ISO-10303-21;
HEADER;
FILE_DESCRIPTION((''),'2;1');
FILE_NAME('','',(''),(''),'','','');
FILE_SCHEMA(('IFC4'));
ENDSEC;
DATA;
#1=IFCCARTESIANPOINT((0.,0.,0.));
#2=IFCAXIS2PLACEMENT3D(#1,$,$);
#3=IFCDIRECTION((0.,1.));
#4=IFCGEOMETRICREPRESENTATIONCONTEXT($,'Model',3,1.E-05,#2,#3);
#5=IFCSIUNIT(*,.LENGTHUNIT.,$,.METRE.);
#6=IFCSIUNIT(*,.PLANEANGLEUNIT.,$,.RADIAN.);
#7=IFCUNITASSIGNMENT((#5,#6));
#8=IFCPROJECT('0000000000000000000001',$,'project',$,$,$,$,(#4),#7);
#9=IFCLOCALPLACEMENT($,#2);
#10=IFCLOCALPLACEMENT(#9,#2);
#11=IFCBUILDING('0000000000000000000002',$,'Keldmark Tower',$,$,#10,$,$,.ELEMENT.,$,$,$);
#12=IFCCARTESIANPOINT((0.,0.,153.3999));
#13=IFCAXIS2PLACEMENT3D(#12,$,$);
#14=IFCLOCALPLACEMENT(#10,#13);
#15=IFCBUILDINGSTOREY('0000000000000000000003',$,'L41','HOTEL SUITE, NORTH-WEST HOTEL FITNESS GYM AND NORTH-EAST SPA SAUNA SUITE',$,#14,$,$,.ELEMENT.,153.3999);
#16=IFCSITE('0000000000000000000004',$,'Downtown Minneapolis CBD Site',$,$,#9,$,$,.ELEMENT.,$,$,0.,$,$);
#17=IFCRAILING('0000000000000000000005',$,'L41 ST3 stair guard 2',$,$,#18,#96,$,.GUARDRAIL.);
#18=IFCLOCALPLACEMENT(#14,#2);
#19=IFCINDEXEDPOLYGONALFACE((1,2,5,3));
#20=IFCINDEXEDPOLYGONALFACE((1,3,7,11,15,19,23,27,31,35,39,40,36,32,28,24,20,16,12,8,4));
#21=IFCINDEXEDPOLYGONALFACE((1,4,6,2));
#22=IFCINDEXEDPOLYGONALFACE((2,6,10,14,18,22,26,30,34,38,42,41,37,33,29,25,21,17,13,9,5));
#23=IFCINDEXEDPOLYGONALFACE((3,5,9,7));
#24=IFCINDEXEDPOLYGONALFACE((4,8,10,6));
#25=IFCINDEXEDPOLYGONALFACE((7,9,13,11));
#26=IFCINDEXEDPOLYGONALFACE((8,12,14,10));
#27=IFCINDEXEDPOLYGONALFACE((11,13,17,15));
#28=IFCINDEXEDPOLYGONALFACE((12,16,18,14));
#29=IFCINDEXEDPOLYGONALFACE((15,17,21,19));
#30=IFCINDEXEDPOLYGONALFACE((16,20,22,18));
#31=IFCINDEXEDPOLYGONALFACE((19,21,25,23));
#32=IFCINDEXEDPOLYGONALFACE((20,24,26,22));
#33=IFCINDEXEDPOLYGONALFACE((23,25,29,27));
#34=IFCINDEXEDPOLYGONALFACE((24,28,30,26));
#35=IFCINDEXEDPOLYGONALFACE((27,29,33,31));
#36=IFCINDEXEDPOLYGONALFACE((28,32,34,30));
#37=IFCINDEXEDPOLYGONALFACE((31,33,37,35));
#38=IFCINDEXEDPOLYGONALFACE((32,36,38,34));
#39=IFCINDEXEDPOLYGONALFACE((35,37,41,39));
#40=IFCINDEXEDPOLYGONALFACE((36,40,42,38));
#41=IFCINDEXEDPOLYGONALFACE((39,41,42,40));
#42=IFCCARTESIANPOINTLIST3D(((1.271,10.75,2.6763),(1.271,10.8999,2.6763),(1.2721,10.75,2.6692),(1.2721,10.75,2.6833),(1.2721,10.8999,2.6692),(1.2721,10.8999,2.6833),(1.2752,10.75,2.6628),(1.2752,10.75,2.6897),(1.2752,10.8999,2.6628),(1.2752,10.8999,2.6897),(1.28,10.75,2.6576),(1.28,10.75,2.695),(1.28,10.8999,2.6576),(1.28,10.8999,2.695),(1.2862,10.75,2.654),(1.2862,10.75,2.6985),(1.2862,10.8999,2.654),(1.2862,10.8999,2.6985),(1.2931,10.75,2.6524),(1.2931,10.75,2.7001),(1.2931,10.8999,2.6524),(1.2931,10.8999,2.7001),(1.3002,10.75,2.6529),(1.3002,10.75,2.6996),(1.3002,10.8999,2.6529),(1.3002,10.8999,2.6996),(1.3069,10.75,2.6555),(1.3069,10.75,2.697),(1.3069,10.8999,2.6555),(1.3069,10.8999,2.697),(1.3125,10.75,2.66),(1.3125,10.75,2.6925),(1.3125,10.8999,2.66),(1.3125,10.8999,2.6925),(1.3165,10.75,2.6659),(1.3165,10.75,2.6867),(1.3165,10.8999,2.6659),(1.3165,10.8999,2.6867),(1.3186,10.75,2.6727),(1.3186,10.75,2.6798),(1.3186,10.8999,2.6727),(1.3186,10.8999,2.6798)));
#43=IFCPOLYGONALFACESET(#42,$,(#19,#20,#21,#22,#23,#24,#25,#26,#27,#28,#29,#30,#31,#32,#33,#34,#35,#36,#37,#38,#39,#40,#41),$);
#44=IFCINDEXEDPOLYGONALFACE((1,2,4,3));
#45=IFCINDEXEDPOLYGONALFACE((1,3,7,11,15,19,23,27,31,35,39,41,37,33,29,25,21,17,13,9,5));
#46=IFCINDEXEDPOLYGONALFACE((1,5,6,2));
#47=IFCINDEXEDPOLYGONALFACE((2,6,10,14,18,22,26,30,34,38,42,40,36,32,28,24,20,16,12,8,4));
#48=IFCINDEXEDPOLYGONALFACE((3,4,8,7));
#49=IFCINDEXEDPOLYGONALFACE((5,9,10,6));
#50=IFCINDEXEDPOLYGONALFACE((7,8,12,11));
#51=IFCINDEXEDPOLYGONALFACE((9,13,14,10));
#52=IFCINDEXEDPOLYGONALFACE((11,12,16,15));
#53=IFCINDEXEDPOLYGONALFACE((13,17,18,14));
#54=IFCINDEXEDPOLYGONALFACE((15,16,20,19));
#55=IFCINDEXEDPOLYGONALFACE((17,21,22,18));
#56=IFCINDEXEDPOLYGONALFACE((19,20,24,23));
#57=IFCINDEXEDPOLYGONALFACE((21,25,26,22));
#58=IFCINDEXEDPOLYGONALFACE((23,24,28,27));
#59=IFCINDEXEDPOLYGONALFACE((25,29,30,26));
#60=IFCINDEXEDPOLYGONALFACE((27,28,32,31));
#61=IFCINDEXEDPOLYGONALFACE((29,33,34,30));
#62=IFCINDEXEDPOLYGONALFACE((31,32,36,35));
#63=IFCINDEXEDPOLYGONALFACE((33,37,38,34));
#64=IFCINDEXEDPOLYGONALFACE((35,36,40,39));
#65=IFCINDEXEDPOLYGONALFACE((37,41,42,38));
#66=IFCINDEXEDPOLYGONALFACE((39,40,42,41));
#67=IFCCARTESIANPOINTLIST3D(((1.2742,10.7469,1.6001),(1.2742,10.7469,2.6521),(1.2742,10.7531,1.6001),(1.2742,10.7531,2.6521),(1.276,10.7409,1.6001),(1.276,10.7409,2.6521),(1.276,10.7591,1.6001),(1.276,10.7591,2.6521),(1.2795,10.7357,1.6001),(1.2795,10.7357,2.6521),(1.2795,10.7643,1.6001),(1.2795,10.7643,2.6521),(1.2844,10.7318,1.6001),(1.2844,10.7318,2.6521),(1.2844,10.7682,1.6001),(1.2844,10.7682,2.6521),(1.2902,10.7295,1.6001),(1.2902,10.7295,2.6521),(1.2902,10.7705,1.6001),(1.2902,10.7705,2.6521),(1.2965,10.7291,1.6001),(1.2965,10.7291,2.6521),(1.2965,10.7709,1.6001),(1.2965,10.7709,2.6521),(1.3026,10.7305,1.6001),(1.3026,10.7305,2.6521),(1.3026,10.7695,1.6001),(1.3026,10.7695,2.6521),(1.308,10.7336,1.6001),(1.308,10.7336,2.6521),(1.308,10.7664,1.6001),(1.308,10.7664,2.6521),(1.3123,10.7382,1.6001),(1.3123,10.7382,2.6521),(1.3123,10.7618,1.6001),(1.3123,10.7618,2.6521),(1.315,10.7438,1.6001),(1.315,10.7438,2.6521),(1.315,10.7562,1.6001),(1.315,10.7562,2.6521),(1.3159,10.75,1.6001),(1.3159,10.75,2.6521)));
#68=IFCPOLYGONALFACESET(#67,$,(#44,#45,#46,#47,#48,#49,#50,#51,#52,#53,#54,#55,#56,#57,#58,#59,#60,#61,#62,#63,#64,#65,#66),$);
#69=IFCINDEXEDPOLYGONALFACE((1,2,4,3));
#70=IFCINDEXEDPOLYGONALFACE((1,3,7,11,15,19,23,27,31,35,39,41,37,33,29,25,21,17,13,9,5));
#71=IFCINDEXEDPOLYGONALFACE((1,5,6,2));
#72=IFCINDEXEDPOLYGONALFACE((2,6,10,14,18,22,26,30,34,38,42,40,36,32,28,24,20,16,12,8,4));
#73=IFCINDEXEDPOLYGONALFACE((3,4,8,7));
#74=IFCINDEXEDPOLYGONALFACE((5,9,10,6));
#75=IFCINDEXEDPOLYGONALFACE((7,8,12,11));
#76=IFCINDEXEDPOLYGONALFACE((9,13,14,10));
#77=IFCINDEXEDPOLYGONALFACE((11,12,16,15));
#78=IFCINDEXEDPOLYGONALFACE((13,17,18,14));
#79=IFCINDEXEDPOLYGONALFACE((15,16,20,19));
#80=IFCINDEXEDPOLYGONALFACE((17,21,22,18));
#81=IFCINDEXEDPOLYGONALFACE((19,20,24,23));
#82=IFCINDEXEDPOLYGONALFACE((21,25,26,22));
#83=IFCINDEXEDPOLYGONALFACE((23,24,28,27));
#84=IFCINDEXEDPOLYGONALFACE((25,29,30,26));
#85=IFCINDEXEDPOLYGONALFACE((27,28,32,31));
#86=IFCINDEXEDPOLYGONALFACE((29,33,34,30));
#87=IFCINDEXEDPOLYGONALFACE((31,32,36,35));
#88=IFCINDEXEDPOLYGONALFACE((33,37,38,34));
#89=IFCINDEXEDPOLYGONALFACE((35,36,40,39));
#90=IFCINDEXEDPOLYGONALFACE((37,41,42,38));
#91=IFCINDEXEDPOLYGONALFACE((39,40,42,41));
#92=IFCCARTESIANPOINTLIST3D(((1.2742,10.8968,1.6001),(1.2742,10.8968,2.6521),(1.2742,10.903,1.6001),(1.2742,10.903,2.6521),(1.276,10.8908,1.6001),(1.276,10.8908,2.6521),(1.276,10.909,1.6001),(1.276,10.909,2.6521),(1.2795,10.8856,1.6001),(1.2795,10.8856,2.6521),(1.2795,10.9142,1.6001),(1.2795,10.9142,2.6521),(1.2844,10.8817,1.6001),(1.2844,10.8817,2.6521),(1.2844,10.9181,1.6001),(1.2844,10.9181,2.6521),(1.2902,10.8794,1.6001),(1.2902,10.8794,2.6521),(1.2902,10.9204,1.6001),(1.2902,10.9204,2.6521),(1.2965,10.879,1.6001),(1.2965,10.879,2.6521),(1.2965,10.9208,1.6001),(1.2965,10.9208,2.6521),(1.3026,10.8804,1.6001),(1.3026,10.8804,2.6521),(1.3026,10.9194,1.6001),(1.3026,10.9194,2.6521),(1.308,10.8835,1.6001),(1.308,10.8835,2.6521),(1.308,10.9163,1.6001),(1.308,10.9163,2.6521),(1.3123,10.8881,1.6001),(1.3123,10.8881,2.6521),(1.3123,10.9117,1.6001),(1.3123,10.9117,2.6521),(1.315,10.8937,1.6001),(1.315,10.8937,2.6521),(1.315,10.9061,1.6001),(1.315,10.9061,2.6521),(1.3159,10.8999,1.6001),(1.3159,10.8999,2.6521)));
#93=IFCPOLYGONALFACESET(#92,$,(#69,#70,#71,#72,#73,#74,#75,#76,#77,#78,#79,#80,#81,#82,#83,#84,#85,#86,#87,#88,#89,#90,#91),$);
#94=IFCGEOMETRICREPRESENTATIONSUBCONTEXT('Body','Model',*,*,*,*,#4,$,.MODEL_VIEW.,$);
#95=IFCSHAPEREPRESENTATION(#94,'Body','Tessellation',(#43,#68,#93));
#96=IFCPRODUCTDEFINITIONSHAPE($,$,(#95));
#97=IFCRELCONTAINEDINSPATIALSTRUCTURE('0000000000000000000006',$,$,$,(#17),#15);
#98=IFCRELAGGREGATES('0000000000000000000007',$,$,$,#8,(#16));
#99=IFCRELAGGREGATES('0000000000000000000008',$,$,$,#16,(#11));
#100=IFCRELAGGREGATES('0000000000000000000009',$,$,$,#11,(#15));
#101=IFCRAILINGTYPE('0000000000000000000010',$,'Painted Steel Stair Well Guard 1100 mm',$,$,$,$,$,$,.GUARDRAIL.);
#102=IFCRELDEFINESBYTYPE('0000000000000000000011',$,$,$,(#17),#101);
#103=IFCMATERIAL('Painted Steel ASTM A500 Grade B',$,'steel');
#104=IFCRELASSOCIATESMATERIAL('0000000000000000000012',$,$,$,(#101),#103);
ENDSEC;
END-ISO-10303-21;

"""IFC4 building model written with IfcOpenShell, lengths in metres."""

from ifc_helpers import new_model, si_unit, direction, frame, origin, origin_2d, place, context, subcontext, project, spatial, circle, extrude, material, type_object, element, save


model = new_model("IFC4")

# Units and contexts
model_context = context("Model", 3, precision=1e-05, world=origin(), true_north=direction((0.0, 1.0)))
body_context = subcontext(model_context, "Body", "Model", "MODEL_VIEW")
ifc_project = project(units=[si_unit("LENGTHUNIT", "METRE"), si_unit("PLANEANGLEUNIT", "RADIAN")], contexts=[model_context])

# Site, building, storey
site_placement = place(None, origin())
site = spatial("IfcSite", under=ifc_project, at=site_placement, Name="Downtown Minneapolis CBD Site", CompositionType="ELEMENT", RefElevation=0.0)
building_placement = place(site_placement, origin())
building = spatial("IfcBuilding", under=site, at=building_placement, Name="Keldmark Tower", CompositionType="ELEMENT")
storey_placement = place(building_placement, frame((0.0, 0.0, 153.3999)))
storey = spatial("IfcBuildingStorey", under=building, at=storey_placement, Name="L41", Description="HOTEL SUITE, NORTH-WEST HOTEL FITNESS GYM AND NORTH-EAST SPA SAUNA SUITE", CompositionType="ELEMENT", Elevation=153.3999)

# Railing
ifc_material_1 = material(Name="Painted Steel ASTM A500 Grade B", Category="steel")
railing_type_1 = type_object("IfcRailingType", Name="Painted Steel Stair Well Guard 1100 mm", PredefinedType="GUARDRAIL", material=ifc_material_1)
railing_1_placement = place(storey_placement, frame((1.2949, 10.75, 1.6001)))
element("IfcRailing", 1, at=railing_1_placement, inside=storey, type_object=railing_type_1, Name="L41 ST3 stair guard 2", PredefinedType="GUARDRAIL", context=body_context, shape_type="SweptSolid", body=[
    extrude(circle(Radius=0.0239, at=origin_2d()), frame((0.0, 0.0, 1.0762), z_axis=(0.0, 1.0, 0.0), x_axis=(-1.0, 0.0, 0.0)), (0.0, 0.0, 1.0), 0.1499),
    extrude(circle(Radius=0.021, at=origin_2d()), origin(), (0.0, 0.0, 1.0), 1.052),
    extrude(circle(Radius=0.021, at=origin_2d()), frame((0.0, 0.1499, 0.0)), (0.0, 0.0, 1.0), 1.052),
])

save(model, "model.ifc")
